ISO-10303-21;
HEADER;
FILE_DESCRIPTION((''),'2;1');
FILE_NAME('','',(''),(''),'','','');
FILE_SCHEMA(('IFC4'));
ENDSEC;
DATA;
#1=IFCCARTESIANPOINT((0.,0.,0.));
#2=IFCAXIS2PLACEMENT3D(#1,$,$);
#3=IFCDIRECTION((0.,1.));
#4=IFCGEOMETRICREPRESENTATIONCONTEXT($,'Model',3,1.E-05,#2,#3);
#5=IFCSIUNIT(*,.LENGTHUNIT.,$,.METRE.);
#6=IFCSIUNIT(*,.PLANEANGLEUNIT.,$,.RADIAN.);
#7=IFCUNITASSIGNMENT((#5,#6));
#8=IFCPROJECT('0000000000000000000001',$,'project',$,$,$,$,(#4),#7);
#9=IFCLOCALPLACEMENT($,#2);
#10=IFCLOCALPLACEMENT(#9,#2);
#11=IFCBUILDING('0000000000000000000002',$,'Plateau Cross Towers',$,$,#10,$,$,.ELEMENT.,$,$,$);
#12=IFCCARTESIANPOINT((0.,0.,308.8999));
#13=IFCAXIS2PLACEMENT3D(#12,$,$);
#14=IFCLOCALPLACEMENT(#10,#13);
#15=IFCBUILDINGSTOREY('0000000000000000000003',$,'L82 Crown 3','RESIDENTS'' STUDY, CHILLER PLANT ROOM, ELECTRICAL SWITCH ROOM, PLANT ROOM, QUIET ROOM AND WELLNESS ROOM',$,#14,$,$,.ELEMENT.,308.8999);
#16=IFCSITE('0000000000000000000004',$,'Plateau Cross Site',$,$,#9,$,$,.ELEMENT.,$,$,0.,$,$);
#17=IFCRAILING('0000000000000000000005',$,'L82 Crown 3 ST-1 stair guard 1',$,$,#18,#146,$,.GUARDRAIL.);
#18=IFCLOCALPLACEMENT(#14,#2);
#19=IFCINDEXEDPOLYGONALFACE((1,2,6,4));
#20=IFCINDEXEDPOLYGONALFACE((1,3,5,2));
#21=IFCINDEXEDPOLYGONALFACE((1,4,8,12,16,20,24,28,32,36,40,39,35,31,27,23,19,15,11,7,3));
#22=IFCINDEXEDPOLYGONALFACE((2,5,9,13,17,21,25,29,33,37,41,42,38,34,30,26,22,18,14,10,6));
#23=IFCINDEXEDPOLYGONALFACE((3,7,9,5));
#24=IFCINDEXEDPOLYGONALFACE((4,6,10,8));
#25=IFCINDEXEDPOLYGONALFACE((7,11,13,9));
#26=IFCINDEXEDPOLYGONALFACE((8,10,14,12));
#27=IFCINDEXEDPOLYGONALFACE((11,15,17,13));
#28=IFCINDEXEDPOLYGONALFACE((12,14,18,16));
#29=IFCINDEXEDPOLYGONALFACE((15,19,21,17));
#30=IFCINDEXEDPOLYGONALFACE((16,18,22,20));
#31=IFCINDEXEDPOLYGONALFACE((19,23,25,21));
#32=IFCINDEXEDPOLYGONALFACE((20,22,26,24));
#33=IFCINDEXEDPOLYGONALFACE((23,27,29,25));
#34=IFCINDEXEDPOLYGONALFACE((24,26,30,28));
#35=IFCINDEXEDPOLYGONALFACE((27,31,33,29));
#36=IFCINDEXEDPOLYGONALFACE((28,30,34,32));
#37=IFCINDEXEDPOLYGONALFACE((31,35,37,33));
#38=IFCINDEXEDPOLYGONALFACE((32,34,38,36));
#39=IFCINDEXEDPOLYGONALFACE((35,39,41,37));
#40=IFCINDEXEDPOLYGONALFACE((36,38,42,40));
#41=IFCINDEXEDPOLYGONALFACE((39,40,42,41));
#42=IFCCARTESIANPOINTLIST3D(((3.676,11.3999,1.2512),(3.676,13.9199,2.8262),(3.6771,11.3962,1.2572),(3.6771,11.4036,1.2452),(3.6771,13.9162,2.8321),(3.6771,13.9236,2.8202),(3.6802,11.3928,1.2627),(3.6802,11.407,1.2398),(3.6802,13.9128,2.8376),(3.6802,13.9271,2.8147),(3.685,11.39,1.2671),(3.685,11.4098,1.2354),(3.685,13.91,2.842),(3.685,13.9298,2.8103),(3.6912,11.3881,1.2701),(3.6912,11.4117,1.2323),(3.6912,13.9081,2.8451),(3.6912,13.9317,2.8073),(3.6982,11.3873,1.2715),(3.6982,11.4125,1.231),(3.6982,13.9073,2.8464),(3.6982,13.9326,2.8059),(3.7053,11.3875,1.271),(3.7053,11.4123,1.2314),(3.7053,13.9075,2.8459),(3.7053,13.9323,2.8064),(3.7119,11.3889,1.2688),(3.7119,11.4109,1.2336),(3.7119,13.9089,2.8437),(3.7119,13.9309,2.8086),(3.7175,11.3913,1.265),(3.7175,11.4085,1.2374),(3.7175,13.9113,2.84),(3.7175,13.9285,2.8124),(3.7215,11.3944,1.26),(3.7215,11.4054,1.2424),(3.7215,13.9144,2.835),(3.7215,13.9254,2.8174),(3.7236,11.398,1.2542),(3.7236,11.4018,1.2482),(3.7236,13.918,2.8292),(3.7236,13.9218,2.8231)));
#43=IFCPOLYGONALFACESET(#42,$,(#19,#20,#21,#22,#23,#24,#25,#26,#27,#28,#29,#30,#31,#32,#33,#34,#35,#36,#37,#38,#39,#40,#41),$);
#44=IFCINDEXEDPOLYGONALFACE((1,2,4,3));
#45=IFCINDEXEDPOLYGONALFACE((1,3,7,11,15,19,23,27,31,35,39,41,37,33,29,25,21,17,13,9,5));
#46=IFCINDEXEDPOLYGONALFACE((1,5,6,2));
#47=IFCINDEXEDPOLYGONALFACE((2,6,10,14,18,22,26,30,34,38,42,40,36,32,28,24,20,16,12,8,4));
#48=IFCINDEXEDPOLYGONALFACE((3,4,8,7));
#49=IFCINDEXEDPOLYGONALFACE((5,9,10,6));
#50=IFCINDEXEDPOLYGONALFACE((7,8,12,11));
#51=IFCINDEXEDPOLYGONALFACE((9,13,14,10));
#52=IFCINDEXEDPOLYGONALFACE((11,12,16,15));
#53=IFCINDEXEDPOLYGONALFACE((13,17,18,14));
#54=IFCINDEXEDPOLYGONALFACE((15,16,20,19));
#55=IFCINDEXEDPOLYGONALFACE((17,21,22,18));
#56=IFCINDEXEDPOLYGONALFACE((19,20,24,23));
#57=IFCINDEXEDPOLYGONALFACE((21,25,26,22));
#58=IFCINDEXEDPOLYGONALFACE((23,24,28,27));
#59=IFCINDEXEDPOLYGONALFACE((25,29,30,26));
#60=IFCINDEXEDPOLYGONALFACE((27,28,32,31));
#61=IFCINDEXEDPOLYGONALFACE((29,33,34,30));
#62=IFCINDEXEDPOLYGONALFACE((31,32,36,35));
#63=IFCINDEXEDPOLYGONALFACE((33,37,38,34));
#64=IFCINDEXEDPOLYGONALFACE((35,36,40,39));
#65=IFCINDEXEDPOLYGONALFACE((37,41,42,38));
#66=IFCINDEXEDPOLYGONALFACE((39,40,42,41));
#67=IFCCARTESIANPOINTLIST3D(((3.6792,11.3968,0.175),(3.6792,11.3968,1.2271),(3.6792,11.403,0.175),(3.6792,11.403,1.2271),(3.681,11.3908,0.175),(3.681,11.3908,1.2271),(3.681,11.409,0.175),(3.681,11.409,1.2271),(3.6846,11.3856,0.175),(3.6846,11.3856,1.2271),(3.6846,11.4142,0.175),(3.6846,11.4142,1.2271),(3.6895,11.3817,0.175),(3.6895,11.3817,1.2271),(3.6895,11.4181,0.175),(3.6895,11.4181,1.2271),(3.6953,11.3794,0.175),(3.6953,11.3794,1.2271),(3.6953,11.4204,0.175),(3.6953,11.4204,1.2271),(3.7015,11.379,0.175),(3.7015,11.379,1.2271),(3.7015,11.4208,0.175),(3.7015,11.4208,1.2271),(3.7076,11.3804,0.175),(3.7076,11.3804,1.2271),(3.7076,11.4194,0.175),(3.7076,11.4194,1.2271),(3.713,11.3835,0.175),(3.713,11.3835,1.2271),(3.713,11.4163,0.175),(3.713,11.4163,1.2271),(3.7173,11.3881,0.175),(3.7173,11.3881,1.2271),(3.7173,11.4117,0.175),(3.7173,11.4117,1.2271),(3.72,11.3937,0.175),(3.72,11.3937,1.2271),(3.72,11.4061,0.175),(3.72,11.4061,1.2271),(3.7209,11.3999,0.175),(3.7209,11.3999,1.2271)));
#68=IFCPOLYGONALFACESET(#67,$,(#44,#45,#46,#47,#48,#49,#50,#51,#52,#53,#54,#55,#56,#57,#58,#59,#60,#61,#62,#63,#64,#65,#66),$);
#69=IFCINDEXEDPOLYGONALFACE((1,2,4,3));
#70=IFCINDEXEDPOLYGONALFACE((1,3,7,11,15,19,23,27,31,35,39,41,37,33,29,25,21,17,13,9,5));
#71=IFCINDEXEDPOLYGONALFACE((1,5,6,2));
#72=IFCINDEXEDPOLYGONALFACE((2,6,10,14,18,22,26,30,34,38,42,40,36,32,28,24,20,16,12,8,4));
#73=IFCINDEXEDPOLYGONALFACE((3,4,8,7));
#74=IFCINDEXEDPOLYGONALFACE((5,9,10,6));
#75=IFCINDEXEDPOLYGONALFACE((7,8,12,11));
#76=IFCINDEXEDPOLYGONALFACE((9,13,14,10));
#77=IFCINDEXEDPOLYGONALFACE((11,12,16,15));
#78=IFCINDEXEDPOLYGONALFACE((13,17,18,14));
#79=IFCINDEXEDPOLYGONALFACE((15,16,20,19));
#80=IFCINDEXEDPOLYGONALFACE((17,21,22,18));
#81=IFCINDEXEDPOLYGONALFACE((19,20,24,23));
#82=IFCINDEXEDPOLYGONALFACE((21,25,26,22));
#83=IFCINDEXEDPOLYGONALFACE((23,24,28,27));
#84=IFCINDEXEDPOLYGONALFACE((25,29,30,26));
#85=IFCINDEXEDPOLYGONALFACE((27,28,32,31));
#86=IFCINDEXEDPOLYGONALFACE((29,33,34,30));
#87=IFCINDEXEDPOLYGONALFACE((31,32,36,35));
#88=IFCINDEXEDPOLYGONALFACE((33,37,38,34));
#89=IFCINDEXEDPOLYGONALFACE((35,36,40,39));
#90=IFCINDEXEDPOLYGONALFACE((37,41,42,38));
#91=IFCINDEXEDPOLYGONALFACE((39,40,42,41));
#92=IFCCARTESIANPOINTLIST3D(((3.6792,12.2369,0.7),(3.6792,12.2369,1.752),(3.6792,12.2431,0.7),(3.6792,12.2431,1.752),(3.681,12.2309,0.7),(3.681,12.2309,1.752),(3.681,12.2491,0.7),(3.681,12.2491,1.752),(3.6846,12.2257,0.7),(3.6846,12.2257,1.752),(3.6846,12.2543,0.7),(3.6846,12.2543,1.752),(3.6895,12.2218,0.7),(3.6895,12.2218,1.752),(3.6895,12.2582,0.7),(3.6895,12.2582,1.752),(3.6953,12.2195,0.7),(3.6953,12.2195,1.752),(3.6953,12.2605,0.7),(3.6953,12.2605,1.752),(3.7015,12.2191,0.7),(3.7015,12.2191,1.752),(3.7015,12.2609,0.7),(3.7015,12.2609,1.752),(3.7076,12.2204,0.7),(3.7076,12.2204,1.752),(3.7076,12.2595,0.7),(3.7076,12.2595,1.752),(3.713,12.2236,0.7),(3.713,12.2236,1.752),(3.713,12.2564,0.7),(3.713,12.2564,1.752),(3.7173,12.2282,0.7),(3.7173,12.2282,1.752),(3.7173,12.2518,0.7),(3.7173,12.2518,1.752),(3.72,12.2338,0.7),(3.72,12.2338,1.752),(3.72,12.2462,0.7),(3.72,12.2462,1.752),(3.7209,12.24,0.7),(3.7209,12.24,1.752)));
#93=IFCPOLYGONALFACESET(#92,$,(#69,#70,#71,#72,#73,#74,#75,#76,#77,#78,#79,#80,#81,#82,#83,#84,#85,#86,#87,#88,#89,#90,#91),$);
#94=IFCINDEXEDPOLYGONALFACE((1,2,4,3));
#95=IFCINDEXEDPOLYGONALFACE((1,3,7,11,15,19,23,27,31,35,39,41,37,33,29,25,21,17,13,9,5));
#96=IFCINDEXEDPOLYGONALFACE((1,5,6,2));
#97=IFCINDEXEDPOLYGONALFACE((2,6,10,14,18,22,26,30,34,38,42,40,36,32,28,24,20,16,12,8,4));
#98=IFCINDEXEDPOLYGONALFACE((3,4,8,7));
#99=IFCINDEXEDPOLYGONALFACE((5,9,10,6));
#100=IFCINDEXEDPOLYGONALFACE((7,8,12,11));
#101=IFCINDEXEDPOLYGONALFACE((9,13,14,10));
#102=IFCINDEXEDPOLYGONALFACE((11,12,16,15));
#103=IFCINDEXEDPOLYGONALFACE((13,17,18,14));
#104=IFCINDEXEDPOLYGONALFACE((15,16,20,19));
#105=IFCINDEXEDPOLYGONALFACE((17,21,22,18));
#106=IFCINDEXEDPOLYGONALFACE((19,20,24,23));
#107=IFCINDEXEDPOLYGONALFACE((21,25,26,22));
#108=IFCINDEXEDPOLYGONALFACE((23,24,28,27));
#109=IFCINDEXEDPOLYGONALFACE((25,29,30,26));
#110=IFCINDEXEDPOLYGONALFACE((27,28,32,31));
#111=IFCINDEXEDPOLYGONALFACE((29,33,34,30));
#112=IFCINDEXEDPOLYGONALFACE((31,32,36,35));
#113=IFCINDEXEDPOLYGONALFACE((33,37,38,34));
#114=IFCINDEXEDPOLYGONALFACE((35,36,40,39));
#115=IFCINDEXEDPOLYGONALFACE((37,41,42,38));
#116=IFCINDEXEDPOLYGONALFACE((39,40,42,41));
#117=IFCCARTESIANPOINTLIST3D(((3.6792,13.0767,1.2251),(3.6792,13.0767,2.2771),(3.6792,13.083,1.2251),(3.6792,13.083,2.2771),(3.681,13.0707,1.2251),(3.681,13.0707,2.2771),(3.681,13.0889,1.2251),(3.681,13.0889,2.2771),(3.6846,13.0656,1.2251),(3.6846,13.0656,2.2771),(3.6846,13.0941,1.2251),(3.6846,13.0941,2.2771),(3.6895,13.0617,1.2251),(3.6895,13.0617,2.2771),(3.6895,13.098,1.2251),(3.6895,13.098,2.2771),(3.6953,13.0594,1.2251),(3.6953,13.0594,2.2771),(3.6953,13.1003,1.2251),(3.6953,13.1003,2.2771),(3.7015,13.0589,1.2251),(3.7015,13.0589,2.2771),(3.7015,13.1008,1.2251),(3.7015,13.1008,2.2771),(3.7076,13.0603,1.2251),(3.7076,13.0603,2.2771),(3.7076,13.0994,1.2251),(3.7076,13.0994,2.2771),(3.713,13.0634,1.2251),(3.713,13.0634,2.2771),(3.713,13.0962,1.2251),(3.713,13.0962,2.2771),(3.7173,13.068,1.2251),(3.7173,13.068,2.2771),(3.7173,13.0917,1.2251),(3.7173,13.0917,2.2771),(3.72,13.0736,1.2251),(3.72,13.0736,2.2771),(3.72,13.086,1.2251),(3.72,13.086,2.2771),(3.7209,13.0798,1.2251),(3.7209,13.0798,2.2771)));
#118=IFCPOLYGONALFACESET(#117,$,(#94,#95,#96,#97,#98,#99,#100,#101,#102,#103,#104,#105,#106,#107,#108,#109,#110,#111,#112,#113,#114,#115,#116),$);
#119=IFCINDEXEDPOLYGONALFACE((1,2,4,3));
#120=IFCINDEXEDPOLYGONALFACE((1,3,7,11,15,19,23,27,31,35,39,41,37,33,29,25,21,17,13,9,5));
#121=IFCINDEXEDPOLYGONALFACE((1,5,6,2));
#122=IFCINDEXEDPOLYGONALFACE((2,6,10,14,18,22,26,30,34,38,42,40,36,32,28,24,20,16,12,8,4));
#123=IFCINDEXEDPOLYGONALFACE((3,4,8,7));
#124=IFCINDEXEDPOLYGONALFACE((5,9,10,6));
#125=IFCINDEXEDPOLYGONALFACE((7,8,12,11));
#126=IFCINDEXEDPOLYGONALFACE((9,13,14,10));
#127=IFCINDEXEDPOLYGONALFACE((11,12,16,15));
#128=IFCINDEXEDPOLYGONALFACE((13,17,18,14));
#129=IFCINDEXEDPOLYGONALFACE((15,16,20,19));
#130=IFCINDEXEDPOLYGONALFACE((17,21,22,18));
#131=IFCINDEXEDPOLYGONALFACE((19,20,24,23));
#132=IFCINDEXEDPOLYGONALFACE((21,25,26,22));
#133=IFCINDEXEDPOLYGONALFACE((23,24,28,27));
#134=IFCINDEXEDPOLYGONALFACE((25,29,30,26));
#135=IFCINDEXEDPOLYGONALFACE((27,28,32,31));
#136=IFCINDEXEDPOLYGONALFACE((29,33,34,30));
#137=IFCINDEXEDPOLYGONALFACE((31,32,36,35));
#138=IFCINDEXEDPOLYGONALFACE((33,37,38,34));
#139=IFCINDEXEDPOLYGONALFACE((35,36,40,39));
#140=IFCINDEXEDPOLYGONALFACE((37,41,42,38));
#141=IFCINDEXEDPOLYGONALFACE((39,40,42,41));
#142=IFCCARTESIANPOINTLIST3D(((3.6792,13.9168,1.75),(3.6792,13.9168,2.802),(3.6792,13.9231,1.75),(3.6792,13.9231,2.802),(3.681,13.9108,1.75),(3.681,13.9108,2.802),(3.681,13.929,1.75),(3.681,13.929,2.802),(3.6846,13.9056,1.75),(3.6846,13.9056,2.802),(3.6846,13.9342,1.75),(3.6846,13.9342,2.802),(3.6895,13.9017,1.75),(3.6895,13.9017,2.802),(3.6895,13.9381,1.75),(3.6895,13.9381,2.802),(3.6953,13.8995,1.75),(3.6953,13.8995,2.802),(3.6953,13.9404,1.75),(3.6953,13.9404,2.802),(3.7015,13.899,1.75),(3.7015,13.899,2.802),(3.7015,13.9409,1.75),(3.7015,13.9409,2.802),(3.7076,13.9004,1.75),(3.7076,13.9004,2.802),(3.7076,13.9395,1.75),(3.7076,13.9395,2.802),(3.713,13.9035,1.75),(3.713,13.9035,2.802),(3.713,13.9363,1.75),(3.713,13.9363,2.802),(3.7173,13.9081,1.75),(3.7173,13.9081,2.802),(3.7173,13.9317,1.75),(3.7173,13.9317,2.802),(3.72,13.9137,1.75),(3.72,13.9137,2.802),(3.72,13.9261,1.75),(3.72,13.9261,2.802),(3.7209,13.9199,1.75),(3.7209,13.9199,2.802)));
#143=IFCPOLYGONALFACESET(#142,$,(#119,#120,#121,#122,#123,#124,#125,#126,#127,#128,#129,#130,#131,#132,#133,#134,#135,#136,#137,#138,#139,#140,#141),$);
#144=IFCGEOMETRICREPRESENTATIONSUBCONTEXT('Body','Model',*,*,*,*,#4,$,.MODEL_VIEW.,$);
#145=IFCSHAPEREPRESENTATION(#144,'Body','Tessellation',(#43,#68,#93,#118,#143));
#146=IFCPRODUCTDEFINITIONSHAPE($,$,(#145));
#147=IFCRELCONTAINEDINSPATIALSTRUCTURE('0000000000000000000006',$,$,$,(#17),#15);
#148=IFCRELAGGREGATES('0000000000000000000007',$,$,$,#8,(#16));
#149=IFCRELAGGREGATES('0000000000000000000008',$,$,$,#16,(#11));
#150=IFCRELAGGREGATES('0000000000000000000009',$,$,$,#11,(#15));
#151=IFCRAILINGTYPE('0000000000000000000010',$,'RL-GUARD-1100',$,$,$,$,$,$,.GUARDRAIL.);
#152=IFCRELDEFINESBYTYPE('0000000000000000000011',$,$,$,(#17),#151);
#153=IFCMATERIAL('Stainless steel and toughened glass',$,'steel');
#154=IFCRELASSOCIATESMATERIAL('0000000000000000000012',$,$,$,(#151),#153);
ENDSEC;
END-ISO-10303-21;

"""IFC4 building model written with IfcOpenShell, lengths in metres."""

from ifc_helpers import new_model, si_unit, direction, frame, origin, origin_2d, place, context, subcontext, project, spatial, circle, extrude, material, type_object, element, save


model = new_model("IFC4")

# Units and contexts
model_context = context("Model", 3, precision=1e-05, world=origin(), true_north=direction((0.0, 1.0)))
body_context = subcontext(model_context, "Body", "Model", "MODEL_VIEW")
ifc_project = project(units=[si_unit("LENGTHUNIT", "METRE"), si_unit("PLANEANGLEUNIT", "RADIAN")], contexts=[model_context])

# Site, building, storey
site_placement = place(None, origin())
site = spatial("IfcSite", under=ifc_project, at=site_placement, Name="Plateau Cross Site", CompositionType="ELEMENT", RefElevation=0.0)
building_placement = place(site_placement, origin())
building = spatial("IfcBuilding", under=site, at=building_placement, Name="Plateau Cross Towers", CompositionType="ELEMENT")
storey_placement = place(building_placement, frame((0.0, 0.0, 308.8999)))
storey = spatial("IfcBuildingStorey", under=building, at=storey_placement, Name="L82 Crown 3", Description="RESIDENTS' STUDY, CHILLER PLANT ROOM, ELECTRICAL SWITCH ROOM, PLANT ROOM, QUIET ROOM AND WELLNESS ROOM", CompositionType="ELEMENT", Elevation=308.8999)

# Railing
ifc_material_1 = material(Name="Stainless steel and toughened glass", Category="steel")
railing_type_1 = type_object("IfcRailingType", Name="RL-GUARD-1100", PredefinedType="GUARDRAIL", material=ifc_material_1)
railing_1_placement = place(storey_placement, frame((3.7, 11.3999, 0.175)))
element("IfcRailing", 1, at=railing_1_placement, inside=storey, type_object=railing_type_1, Name="L82 Crown 3 ST-1 stair guard 1", PredefinedType="GUARDRAIL", context=body_context, shape_type="SweptSolid", body=[
    extrude(circle(Radius=0.0239, at=origin_2d()), frame((0.0, 0.0, 1.0762), z_axis=(0.0, 0.848008, 0.529984), x_axis=(-1.0, 0.0, 0.0)), (0.0, 0.0, 1.0), 2.9717),
    extrude(circle(Radius=0.021, at=origin_2d()), origin(), (0.0, 0.0, 1.0), 1.052),
    extrude(circle(Radius=0.021, at=origin_2d()), frame((0.0, 0.8401, 0.5249)), (0.0, 0.0, 1.0), 1.052),
    extrude(circle(Radius=0.021, at=origin_2d()), frame((0.0, 1.6799, 1.05)), (0.0, 0.0, 1.0), 1.052),
    extrude(circle(Radius=0.021, at=origin_2d()), frame((0.0, 2.52, 1.575)), (0.0, 0.0, 1.0), 1.052),
])

save(model, "model.ifc")
